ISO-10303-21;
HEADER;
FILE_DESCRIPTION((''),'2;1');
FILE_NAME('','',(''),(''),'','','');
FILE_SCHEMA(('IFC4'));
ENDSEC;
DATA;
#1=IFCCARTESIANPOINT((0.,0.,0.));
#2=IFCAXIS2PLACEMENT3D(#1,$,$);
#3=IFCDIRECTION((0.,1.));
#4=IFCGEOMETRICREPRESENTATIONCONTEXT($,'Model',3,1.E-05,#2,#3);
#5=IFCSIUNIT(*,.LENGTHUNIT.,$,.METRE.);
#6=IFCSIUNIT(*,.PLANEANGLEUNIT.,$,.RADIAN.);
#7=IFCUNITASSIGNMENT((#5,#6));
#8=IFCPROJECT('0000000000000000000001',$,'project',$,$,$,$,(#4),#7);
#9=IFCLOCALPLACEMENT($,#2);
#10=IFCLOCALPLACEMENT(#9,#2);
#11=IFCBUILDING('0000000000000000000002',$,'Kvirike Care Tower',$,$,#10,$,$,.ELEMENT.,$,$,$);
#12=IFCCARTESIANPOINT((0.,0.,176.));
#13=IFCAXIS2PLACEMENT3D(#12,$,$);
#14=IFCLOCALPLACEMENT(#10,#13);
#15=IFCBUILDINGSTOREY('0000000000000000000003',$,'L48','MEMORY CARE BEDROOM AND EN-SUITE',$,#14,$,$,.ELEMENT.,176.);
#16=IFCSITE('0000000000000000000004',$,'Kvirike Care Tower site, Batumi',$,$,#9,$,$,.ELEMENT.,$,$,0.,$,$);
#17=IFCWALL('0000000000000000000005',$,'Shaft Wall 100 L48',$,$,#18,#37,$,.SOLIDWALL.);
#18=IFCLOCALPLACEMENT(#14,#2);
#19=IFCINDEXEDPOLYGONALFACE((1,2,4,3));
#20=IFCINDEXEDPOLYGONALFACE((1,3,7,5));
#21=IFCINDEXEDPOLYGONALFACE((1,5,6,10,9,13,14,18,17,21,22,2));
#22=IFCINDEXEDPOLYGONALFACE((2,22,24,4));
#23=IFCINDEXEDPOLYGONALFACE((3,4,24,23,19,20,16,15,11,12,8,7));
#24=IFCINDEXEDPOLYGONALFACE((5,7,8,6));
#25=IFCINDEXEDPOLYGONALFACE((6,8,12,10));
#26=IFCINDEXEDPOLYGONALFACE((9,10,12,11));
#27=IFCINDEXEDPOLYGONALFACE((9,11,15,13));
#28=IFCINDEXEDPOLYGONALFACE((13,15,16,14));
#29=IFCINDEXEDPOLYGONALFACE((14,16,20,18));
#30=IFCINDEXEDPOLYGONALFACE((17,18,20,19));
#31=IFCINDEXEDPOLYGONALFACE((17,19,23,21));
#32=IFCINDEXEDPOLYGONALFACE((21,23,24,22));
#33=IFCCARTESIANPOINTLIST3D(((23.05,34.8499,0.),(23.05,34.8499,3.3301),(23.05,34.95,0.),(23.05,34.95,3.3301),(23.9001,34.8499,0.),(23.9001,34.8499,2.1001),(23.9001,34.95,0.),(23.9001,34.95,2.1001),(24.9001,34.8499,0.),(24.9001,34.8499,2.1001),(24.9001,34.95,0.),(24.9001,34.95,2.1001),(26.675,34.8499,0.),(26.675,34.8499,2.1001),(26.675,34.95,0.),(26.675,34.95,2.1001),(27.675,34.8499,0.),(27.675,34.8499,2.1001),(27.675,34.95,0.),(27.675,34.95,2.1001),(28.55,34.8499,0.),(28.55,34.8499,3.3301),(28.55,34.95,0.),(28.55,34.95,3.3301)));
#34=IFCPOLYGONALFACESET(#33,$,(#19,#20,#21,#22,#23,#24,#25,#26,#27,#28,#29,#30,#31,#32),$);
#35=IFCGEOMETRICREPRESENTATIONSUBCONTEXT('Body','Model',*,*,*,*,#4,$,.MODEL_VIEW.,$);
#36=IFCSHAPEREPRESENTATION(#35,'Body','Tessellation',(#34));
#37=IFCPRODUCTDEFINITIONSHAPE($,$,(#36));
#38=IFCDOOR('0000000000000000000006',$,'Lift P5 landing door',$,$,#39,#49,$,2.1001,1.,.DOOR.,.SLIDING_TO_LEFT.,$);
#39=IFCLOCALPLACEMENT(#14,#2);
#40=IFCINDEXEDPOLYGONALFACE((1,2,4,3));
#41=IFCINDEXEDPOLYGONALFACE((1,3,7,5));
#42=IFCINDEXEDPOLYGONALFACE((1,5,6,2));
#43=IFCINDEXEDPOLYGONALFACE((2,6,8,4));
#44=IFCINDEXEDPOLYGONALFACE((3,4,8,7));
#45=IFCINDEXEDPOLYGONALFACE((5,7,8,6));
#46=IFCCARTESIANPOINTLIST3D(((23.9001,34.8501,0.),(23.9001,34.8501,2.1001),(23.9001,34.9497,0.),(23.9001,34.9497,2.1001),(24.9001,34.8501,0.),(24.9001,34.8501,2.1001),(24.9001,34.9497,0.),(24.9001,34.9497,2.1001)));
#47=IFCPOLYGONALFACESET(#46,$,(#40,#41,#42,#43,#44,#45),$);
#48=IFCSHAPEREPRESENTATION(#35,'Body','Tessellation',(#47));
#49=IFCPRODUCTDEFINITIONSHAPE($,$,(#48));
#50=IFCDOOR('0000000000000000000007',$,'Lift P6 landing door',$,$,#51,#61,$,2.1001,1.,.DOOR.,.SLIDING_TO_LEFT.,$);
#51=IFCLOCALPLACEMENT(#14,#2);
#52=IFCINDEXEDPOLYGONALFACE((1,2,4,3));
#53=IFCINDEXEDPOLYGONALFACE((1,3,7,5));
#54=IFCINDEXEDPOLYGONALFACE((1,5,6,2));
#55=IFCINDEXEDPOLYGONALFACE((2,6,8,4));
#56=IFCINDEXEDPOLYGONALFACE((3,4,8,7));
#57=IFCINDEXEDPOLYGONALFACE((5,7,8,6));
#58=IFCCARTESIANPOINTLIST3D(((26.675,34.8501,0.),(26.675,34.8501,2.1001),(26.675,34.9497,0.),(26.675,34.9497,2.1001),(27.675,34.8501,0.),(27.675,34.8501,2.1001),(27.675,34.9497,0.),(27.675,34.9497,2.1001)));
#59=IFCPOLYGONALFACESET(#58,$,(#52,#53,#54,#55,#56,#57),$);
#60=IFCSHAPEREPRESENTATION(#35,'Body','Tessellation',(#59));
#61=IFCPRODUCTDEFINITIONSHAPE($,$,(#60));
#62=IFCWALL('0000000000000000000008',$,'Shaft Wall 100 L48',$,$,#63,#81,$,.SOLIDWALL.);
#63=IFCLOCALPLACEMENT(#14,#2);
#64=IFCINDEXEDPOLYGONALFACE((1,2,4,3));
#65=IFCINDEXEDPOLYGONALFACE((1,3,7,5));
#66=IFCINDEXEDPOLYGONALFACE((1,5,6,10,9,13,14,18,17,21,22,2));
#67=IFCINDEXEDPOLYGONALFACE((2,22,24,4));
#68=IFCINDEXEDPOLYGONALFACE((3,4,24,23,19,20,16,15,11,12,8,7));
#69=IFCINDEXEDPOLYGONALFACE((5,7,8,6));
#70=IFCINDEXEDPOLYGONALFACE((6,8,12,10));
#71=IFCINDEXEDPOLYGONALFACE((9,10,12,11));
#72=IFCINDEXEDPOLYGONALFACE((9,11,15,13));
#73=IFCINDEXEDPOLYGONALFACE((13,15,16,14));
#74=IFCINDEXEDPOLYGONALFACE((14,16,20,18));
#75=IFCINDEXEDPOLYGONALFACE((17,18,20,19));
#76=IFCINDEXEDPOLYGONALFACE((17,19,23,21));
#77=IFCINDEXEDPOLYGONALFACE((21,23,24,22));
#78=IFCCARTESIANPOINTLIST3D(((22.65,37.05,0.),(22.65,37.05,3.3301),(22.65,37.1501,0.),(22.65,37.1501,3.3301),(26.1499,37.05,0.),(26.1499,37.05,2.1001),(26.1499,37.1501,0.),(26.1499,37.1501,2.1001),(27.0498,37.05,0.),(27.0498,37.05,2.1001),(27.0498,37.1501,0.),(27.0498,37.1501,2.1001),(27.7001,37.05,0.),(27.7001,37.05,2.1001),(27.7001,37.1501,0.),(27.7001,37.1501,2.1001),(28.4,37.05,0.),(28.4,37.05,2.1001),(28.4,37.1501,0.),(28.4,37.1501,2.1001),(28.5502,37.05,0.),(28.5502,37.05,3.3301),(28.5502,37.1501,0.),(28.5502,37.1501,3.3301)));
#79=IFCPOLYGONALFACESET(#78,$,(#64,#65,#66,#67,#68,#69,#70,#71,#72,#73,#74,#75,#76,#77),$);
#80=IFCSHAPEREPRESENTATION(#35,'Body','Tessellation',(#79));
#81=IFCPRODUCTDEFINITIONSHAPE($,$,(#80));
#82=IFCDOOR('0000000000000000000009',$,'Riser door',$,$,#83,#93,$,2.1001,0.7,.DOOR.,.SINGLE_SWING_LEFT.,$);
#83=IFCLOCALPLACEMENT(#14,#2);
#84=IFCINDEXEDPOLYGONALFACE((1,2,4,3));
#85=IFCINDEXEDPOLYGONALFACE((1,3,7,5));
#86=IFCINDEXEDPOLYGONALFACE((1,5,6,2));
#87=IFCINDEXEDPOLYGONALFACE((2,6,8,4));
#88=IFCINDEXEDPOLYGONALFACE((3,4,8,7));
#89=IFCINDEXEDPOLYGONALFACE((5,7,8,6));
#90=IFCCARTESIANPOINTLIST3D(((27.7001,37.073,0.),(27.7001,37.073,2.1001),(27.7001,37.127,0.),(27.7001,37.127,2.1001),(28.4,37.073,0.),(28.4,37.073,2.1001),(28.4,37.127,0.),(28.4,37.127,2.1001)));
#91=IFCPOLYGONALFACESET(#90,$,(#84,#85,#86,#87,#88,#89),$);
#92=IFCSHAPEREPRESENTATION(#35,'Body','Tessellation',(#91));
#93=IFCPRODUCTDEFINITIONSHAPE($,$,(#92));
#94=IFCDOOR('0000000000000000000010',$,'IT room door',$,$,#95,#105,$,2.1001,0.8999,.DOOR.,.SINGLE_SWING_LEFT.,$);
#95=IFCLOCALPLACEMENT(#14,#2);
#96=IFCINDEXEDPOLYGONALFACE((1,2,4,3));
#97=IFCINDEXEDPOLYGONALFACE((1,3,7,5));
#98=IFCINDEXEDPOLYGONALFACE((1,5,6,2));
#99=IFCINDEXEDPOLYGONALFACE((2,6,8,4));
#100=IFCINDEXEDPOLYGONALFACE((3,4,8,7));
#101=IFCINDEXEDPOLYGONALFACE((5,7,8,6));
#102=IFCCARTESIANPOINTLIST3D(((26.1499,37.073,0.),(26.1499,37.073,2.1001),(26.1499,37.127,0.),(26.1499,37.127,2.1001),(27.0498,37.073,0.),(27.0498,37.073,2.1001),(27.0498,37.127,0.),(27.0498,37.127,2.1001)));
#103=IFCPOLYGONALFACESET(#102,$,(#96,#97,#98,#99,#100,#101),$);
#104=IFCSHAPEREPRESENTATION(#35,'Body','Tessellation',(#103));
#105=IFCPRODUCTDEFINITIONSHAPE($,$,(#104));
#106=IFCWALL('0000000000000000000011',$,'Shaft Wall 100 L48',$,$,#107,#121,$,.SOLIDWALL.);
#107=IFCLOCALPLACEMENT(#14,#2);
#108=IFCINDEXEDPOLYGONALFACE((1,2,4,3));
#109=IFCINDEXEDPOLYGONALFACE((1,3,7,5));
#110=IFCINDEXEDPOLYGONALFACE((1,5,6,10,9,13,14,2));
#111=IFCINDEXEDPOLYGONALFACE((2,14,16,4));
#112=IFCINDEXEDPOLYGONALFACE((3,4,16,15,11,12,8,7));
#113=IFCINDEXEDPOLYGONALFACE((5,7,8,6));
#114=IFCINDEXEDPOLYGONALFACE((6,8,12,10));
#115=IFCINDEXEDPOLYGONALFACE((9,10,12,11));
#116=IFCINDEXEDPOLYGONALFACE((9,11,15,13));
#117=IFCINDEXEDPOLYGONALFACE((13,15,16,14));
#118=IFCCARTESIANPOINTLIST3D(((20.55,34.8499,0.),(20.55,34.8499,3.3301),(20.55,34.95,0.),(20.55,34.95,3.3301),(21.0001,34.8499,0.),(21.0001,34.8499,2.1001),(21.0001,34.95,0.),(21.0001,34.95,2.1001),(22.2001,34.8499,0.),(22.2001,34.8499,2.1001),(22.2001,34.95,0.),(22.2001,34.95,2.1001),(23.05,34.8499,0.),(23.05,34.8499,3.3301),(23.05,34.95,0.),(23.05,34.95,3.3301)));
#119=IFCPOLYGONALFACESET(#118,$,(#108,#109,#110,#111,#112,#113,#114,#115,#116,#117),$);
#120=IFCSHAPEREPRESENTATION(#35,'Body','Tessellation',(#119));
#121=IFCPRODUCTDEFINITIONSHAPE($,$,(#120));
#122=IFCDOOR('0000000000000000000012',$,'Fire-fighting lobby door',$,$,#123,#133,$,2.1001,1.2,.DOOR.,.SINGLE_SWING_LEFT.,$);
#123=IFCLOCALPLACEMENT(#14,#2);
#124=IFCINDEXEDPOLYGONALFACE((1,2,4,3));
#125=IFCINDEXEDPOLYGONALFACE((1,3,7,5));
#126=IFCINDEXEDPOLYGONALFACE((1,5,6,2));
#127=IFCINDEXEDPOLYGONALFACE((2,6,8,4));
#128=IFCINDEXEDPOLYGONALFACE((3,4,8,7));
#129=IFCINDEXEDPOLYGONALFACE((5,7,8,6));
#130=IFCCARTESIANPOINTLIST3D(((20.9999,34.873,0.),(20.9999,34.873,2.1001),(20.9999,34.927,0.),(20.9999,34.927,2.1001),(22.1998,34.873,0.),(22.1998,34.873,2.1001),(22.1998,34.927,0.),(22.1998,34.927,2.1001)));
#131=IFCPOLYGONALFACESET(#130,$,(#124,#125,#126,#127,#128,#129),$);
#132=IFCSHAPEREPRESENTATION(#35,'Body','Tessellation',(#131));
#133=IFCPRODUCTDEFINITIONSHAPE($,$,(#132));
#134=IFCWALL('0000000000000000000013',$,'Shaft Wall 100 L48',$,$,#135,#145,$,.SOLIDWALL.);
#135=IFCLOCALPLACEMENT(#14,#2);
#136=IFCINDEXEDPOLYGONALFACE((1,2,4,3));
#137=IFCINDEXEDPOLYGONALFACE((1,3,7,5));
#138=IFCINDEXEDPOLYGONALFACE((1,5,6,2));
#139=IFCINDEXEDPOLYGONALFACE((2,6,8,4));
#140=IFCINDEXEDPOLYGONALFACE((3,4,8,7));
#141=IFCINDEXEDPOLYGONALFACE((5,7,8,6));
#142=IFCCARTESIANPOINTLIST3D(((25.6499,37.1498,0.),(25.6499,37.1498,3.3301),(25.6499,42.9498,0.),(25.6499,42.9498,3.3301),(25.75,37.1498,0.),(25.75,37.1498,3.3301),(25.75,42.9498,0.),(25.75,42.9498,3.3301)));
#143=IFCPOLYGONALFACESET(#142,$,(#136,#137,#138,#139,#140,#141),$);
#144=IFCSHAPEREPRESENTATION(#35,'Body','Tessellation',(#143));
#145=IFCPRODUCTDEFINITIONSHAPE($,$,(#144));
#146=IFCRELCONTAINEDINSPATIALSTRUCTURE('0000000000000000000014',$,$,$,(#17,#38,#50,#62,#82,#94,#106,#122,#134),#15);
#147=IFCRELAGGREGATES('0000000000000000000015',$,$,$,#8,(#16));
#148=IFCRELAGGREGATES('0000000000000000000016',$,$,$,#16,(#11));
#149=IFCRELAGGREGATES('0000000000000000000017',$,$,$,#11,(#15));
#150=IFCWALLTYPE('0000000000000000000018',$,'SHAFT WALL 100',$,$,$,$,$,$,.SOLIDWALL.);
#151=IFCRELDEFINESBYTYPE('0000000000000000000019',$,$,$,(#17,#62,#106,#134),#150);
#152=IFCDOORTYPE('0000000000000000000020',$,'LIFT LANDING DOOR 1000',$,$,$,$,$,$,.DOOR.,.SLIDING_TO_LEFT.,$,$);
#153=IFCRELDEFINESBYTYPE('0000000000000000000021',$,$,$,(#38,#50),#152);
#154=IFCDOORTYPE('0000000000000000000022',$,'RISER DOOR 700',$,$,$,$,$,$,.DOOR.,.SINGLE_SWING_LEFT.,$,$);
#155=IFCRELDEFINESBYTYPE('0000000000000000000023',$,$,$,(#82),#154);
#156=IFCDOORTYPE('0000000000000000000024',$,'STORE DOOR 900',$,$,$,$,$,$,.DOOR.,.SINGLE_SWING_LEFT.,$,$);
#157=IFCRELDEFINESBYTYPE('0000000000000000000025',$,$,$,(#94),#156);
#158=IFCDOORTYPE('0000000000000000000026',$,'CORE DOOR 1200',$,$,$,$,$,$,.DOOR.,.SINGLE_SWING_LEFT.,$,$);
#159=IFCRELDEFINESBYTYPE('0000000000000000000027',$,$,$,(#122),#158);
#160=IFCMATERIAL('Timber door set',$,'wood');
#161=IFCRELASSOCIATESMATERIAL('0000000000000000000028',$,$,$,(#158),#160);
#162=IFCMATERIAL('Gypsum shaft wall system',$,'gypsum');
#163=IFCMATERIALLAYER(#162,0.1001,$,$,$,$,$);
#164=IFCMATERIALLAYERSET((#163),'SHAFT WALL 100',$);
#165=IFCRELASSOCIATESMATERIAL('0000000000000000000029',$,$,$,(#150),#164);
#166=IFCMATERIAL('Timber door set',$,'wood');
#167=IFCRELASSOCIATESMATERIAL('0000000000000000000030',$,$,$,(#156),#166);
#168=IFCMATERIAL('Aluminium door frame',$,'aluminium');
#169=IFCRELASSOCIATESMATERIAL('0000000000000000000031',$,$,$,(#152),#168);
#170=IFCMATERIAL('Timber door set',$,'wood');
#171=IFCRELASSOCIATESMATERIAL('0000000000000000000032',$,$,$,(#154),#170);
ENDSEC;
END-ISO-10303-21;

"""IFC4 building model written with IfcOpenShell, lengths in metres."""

from ifc_helpers import new_model, si_unit, direction, frame, frame_2d, origin, place, context, subcontext, project, spatial, rectangle, extrude, material, layer, layer_set, type_object, element, fill, save


model = new_model("IFC4")

# Units and contexts
model_context = context("Model", 3, precision=1e-05, world=origin(), true_north=direction((0.0, 1.0)))
body_context = subcontext(model_context, "Body", "Model", "MODEL_VIEW")
ifc_project = project(units=[si_unit("LENGTHUNIT", "METRE"), si_unit("PLANEANGLEUNIT", "RADIAN")], contexts=[model_context])

# Site, building, storey
site_placement = place(None, origin())
site = spatial("IfcSite", under=ifc_project, at=site_placement, Name="Kvirike Care Tower site, Batumi", CompositionType="ELEMENT", RefElevation=0.0)
building_placement = place(site_placement, origin())
building = spatial("IfcBuilding", under=site, at=building_placement, Name="Kvirike Care Tower", CompositionType="ELEMENT")
storey_placement = place(building_placement, frame((0.0, 0.0, 176.0)))
storey = spatial("IfcBuildingStorey", under=building, at=storey_placement, Name="L48", Description="MEMORY CARE BEDROOM AND EN-SUITE", CompositionType="ELEMENT", Elevation=176.0)

# Shared definitions
ifc_material_1 = material(Name="Timber door set", Category="wood")
door_type_1 = type_object("IfcDoorType", Name="CORE DOOR 1200", OperationType="SINGLE_SWING_LEFT", PredefinedType="DOOR", material=ifc_material_1)

# Shared definitions
ifc_material_2 = material(Name="Gypsum shaft wall system", Category="gypsum")
ifc_layer_1 = layer(ifc_material_2, 0.1001)
ifc_layer_set_1 = layer_set([ifc_layer_1], Name="SHAFT WALL 100")
wall_type_1 = type_object("IfcWallType", Name="SHAFT WALL 100", PredefinedType="SOLIDWALL", material=ifc_layer_set_1)

# Shared definitions
ifc_material_3 = material(Name="Timber door set", Category="wood")
door_type_2 = type_object("IfcDoorType", Name="STORE DOOR 900", OperationType="SINGLE_SWING_LEFT", PredefinedType="DOOR", material=ifc_material_3)

# Walls, openings, doors
wall_1_placement = place(storey_placement, frame((23.05, 34.8999, 0.0), z_axis=(0.0, 0.0, 1.0), x_axis=(1.0, 0.0, 0.0)))
wall_1 = element("IfcWall", 1, at=wall_1_placement, inside=storey, type_object=wall_type_1, Name="Shaft Wall 100 L48", PredefinedType="SOLIDWALL", context=body_context, shape_type="SweptSolid", body=[
    extrude(rectangle(XDim=5.5, YDim=0.1001, at=frame_2d((2.75, 0.0))), origin(), (0.0, 0.0, 1.0), 3.3301),
])
opening_1_placement = place(wall_1_placement, frame((0.8501, 0.0, 0.0)))
opening_1 = element("IfcOpeningElement", 2, at=opening_1_placement, cuts=wall_1, PredefinedType="OPENING", context=body_context, shape_type="SweptSolid", body=[
    extrude(rectangle(XDim=1.0, YDim=2.1001, at=frame_2d((0.5, 1.05))), frame((0.0, 0.0605, 0.0), z_axis=(0.0, -1.0, 0.0), x_axis=(1.0, 0.0, 0.0)), (0.0, 0.0, 1.0), 0.1211),
])
opening_2_placement = place(wall_1_placement, frame((3.625, 0.0, 0.0)))
opening_2 = element("IfcOpeningElement", 3, at=opening_2_placement, cuts=wall_1, PredefinedType="OPENING", context=body_context, shape_type="SweptSolid", body=[
    extrude(rectangle(XDim=1.0, YDim=2.1001, at=frame_2d((0.5, 1.05))), frame((0.0, 0.0605, 0.0), z_axis=(0.0, -1.0, 0.0), x_axis=(1.0, 0.0, 0.0)), (0.0, 0.0, 1.0), 0.1211),
])
ifc_material_4 = material(Name="Aluminium door frame", Category="aluminium")
door_type_3 = type_object("IfcDoorType", Name="LIFT LANDING DOOR 1000", OperationType="SLIDING_TO_LEFT", PredefinedType="DOOR", material=ifc_material_4)
door_1_placement = place(opening_1_placement, origin())
door_1 = element("IfcDoor", 4, at=door_1_placement, inside=storey, type_object=door_type_3, Name="Lift P5 landing door", OperationType="SLIDING_TO_LEFT", OverallHeight=2.1001, OverallWidth=1.0, PredefinedType="DOOR", context=body_context, shape_type="SweptSolid", body=[
    extrude(rectangle(XDim=1.0, YDim=2.1001, at=frame_2d((0.5, 1.05))), frame((0.0, 0.0498, 0.0), z_axis=(0.0, -1.0, 0.0), x_axis=(1.0, 0.0, 0.0)), (0.0, 0.0, 1.0), 0.0996),
])
fill(opening_1, door_1)
door_2_placement = place(opening_2_placement, origin())
door_2 = element("IfcDoor", 5, at=door_2_placement, inside=storey, type_object=door_type_3, Name="Lift P6 landing door", OperationType="SLIDING_TO_LEFT", OverallHeight=2.1001, OverallWidth=1.0, PredefinedType="DOOR", context=body_context, shape_type="SweptSolid", body=[
    extrude(rectangle(XDim=1.0, YDim=2.1001, at=frame_2d((0.5, 1.05))), frame((0.0, 0.0498, 0.0), z_axis=(0.0, -1.0, 0.0), x_axis=(1.0, 0.0, 0.0)), (0.0, 0.0, 1.0), 0.0996),
])
fill(opening_2, door_2)
wall_2_placement = place(storey_placement, frame((22.6499, 37.1001, 0.0), z_axis=(0.0, 0.0, 1.0), x_axis=(1.0, 0.0, 0.0)))
wall_2 = element("IfcWall", 6, at=wall_2_placement, inside=storey, type_object=wall_type_1, Name="Shaft Wall 100 L48", PredefinedType="SOLIDWALL", context=body_context, shape_type="SweptSolid", body=[
    extrude(rectangle(XDim=5.9001, YDim=0.1001, at=frame_2d((2.9502, 0.0))), origin(), (0.0, 0.0, 1.0), 3.3301),
])
opening_3_placement = place(wall_2_placement, frame((3.5, 0.0, 0.0)))
opening_3 = element("IfcOpeningElement", 7, at=opening_3_placement, cuts=wall_2, PredefinedType="OPENING", context=body_context, shape_type="SweptSolid", body=[
    extrude(rectangle(XDim=0.8999, YDim=2.1001, at=frame_2d((0.45, 1.05))), frame((0.0, 0.0605, 0.0), z_axis=(0.0, -1.0, 0.0), x_axis=(1.0, 0.0, 0.0)), (0.0, 0.0, 1.0), 0.1211),
])
opening_4_placement = place(wall_2_placement, frame((5.05, 0.0, 0.0)))
opening_4 = element("IfcOpeningElement", 8, at=opening_4_placement, cuts=wall_2, PredefinedType="OPENING", context=body_context, shape_type="SweptSolid", body=[
    extrude(rectangle(XDim=0.7, YDim=2.1001, at=frame_2d((0.3501, 1.05))), frame((0.0, 0.0605, 0.0), z_axis=(0.0, -1.0, 0.0), x_axis=(1.0, 0.0, 0.0)), (0.0, 0.0, 1.0), 0.1211),
])
ifc_material_5 = material(Name="Timber door set", Category="wood")
door_type_4 = type_object("IfcDoorType", Name="RISER DOOR 700", OperationType="SINGLE_SWING_LEFT", PredefinedType="DOOR", material=ifc_material_5)
door_3_placement = place(opening_4_placement, origin())
door_3 = element("IfcDoor", 9, at=door_3_placement, inside=storey, type_object=door_type_4, Name="Riser door", OperationType="SINGLE_SWING_LEFT", OverallHeight=2.1001, OverallWidth=0.7, PredefinedType="DOOR", context=body_context, shape_type="SweptSolid", body=[
    extrude(rectangle(XDim=0.7, YDim=2.1001, at=frame_2d((0.3501, 1.05))), frame((0.0, 0.0269, 0.0), z_axis=(0.0, -1.0, 0.0), x_axis=(1.0, 0.0, 0.0)), (0.0, 0.0, 1.0), 0.054),
])
fill(opening_4, door_3)
door_4_placement = place(opening_3_placement, origin())
door_4 = element("IfcDoor", 10, at=door_4_placement, inside=storey, type_object=door_type_2, Name="IT room door", OperationType="SINGLE_SWING_LEFT", OverallHeight=2.1001, OverallWidth=0.8999, PredefinedType="DOOR", context=body_context, shape_type="SweptSolid", body=[
    extrude(rectangle(XDim=0.8999, YDim=2.1001, at=frame_2d((0.45, 1.05))), frame((0.0, 0.0269, 0.0), z_axis=(0.0, -1.0, 0.0), x_axis=(1.0, 0.0, 0.0)), (0.0, 0.0, 1.0), 0.054),
])
fill(opening_3, door_4)

# Wall, opening, door
wall_3_placement = place(storey_placement, frame((20.55, 34.8999, 0.0), z_axis=(0.0, 0.0, 1.0), x_axis=(1.0, 0.0, 0.0)))
wall_3 = element("IfcWall", 11, at=wall_3_placement, inside=storey, type_object=wall_type_1, Name="Shaft Wall 100 L48", PredefinedType="SOLIDWALL", context=body_context, shape_type="SweptSolid", body=[
    extrude(rectangle(XDim=2.5, YDim=0.1001, at=frame_2d((1.25, 0.0))), origin(), (0.0, 0.0, 1.0), 3.3301),
])
opening_5_placement = place(wall_3_placement, frame((0.45, 0.0, 0.0)))
opening_5 = element("IfcOpeningElement", 12, at=opening_5_placement, cuts=wall_3, PredefinedType="OPENING", context=body_context, shape_type="SweptSolid", body=[
    extrude(rectangle(XDim=1.2, YDim=2.1001, at=frame_2d((0.6001, 1.05))), frame((0.0, 0.0605, 0.0), z_axis=(0.0, -1.0, 0.0), x_axis=(1.0, 0.0, 0.0)), (0.0, 0.0, 1.0), 0.1211),
])
door_5_placement = place(opening_5_placement, frame((1.2, 0.0, 0.0), z_axis=(0.0, 0.0, 1.0), x_axis=(-1.0, 0.0, 0.0)))
door_5 = element("IfcDoor", 13, at=door_5_placement, inside=storey, type_object=door_type_1, Name="Fire-fighting lobby door", OperationType="SINGLE_SWING_LEFT", OverallHeight=2.1001, OverallWidth=1.2, PredefinedType="DOOR", context=body_context, shape_type="SweptSolid", body=[
    extrude(rectangle(XDim=1.2, YDim=2.1001, at=frame_2d((0.6001, 1.05))), frame((0.0, 0.0269, 0.0), z_axis=(0.0, -1.0, 0.0), x_axis=(1.0, 0.0, 0.0)), (0.0, 0.0, 1.0), 0.054),
])
fill(opening_5, door_5)

# Wall
wall_4_placement = place(storey_placement, frame((25.7, 37.1499, 0.0), z_axis=(0.0, 0.0, 1.0), x_axis=(0.0, 1.0, 0.0)))
element("IfcWall", 14, at=wall_4_placement, inside=storey, type_object=wall_type_1, Name="Shaft Wall 100 L48", PredefinedType="SOLIDWALL", context=body_context, shape_type="SweptSolid", body=[
    extrude(rectangle(XDim=5.8, YDim=0.1001, at=frame_2d((2.8999, 0.0))), origin(), (0.0, 0.0, 1.0), 3.3301),
])

save(model, "model.ifc")
